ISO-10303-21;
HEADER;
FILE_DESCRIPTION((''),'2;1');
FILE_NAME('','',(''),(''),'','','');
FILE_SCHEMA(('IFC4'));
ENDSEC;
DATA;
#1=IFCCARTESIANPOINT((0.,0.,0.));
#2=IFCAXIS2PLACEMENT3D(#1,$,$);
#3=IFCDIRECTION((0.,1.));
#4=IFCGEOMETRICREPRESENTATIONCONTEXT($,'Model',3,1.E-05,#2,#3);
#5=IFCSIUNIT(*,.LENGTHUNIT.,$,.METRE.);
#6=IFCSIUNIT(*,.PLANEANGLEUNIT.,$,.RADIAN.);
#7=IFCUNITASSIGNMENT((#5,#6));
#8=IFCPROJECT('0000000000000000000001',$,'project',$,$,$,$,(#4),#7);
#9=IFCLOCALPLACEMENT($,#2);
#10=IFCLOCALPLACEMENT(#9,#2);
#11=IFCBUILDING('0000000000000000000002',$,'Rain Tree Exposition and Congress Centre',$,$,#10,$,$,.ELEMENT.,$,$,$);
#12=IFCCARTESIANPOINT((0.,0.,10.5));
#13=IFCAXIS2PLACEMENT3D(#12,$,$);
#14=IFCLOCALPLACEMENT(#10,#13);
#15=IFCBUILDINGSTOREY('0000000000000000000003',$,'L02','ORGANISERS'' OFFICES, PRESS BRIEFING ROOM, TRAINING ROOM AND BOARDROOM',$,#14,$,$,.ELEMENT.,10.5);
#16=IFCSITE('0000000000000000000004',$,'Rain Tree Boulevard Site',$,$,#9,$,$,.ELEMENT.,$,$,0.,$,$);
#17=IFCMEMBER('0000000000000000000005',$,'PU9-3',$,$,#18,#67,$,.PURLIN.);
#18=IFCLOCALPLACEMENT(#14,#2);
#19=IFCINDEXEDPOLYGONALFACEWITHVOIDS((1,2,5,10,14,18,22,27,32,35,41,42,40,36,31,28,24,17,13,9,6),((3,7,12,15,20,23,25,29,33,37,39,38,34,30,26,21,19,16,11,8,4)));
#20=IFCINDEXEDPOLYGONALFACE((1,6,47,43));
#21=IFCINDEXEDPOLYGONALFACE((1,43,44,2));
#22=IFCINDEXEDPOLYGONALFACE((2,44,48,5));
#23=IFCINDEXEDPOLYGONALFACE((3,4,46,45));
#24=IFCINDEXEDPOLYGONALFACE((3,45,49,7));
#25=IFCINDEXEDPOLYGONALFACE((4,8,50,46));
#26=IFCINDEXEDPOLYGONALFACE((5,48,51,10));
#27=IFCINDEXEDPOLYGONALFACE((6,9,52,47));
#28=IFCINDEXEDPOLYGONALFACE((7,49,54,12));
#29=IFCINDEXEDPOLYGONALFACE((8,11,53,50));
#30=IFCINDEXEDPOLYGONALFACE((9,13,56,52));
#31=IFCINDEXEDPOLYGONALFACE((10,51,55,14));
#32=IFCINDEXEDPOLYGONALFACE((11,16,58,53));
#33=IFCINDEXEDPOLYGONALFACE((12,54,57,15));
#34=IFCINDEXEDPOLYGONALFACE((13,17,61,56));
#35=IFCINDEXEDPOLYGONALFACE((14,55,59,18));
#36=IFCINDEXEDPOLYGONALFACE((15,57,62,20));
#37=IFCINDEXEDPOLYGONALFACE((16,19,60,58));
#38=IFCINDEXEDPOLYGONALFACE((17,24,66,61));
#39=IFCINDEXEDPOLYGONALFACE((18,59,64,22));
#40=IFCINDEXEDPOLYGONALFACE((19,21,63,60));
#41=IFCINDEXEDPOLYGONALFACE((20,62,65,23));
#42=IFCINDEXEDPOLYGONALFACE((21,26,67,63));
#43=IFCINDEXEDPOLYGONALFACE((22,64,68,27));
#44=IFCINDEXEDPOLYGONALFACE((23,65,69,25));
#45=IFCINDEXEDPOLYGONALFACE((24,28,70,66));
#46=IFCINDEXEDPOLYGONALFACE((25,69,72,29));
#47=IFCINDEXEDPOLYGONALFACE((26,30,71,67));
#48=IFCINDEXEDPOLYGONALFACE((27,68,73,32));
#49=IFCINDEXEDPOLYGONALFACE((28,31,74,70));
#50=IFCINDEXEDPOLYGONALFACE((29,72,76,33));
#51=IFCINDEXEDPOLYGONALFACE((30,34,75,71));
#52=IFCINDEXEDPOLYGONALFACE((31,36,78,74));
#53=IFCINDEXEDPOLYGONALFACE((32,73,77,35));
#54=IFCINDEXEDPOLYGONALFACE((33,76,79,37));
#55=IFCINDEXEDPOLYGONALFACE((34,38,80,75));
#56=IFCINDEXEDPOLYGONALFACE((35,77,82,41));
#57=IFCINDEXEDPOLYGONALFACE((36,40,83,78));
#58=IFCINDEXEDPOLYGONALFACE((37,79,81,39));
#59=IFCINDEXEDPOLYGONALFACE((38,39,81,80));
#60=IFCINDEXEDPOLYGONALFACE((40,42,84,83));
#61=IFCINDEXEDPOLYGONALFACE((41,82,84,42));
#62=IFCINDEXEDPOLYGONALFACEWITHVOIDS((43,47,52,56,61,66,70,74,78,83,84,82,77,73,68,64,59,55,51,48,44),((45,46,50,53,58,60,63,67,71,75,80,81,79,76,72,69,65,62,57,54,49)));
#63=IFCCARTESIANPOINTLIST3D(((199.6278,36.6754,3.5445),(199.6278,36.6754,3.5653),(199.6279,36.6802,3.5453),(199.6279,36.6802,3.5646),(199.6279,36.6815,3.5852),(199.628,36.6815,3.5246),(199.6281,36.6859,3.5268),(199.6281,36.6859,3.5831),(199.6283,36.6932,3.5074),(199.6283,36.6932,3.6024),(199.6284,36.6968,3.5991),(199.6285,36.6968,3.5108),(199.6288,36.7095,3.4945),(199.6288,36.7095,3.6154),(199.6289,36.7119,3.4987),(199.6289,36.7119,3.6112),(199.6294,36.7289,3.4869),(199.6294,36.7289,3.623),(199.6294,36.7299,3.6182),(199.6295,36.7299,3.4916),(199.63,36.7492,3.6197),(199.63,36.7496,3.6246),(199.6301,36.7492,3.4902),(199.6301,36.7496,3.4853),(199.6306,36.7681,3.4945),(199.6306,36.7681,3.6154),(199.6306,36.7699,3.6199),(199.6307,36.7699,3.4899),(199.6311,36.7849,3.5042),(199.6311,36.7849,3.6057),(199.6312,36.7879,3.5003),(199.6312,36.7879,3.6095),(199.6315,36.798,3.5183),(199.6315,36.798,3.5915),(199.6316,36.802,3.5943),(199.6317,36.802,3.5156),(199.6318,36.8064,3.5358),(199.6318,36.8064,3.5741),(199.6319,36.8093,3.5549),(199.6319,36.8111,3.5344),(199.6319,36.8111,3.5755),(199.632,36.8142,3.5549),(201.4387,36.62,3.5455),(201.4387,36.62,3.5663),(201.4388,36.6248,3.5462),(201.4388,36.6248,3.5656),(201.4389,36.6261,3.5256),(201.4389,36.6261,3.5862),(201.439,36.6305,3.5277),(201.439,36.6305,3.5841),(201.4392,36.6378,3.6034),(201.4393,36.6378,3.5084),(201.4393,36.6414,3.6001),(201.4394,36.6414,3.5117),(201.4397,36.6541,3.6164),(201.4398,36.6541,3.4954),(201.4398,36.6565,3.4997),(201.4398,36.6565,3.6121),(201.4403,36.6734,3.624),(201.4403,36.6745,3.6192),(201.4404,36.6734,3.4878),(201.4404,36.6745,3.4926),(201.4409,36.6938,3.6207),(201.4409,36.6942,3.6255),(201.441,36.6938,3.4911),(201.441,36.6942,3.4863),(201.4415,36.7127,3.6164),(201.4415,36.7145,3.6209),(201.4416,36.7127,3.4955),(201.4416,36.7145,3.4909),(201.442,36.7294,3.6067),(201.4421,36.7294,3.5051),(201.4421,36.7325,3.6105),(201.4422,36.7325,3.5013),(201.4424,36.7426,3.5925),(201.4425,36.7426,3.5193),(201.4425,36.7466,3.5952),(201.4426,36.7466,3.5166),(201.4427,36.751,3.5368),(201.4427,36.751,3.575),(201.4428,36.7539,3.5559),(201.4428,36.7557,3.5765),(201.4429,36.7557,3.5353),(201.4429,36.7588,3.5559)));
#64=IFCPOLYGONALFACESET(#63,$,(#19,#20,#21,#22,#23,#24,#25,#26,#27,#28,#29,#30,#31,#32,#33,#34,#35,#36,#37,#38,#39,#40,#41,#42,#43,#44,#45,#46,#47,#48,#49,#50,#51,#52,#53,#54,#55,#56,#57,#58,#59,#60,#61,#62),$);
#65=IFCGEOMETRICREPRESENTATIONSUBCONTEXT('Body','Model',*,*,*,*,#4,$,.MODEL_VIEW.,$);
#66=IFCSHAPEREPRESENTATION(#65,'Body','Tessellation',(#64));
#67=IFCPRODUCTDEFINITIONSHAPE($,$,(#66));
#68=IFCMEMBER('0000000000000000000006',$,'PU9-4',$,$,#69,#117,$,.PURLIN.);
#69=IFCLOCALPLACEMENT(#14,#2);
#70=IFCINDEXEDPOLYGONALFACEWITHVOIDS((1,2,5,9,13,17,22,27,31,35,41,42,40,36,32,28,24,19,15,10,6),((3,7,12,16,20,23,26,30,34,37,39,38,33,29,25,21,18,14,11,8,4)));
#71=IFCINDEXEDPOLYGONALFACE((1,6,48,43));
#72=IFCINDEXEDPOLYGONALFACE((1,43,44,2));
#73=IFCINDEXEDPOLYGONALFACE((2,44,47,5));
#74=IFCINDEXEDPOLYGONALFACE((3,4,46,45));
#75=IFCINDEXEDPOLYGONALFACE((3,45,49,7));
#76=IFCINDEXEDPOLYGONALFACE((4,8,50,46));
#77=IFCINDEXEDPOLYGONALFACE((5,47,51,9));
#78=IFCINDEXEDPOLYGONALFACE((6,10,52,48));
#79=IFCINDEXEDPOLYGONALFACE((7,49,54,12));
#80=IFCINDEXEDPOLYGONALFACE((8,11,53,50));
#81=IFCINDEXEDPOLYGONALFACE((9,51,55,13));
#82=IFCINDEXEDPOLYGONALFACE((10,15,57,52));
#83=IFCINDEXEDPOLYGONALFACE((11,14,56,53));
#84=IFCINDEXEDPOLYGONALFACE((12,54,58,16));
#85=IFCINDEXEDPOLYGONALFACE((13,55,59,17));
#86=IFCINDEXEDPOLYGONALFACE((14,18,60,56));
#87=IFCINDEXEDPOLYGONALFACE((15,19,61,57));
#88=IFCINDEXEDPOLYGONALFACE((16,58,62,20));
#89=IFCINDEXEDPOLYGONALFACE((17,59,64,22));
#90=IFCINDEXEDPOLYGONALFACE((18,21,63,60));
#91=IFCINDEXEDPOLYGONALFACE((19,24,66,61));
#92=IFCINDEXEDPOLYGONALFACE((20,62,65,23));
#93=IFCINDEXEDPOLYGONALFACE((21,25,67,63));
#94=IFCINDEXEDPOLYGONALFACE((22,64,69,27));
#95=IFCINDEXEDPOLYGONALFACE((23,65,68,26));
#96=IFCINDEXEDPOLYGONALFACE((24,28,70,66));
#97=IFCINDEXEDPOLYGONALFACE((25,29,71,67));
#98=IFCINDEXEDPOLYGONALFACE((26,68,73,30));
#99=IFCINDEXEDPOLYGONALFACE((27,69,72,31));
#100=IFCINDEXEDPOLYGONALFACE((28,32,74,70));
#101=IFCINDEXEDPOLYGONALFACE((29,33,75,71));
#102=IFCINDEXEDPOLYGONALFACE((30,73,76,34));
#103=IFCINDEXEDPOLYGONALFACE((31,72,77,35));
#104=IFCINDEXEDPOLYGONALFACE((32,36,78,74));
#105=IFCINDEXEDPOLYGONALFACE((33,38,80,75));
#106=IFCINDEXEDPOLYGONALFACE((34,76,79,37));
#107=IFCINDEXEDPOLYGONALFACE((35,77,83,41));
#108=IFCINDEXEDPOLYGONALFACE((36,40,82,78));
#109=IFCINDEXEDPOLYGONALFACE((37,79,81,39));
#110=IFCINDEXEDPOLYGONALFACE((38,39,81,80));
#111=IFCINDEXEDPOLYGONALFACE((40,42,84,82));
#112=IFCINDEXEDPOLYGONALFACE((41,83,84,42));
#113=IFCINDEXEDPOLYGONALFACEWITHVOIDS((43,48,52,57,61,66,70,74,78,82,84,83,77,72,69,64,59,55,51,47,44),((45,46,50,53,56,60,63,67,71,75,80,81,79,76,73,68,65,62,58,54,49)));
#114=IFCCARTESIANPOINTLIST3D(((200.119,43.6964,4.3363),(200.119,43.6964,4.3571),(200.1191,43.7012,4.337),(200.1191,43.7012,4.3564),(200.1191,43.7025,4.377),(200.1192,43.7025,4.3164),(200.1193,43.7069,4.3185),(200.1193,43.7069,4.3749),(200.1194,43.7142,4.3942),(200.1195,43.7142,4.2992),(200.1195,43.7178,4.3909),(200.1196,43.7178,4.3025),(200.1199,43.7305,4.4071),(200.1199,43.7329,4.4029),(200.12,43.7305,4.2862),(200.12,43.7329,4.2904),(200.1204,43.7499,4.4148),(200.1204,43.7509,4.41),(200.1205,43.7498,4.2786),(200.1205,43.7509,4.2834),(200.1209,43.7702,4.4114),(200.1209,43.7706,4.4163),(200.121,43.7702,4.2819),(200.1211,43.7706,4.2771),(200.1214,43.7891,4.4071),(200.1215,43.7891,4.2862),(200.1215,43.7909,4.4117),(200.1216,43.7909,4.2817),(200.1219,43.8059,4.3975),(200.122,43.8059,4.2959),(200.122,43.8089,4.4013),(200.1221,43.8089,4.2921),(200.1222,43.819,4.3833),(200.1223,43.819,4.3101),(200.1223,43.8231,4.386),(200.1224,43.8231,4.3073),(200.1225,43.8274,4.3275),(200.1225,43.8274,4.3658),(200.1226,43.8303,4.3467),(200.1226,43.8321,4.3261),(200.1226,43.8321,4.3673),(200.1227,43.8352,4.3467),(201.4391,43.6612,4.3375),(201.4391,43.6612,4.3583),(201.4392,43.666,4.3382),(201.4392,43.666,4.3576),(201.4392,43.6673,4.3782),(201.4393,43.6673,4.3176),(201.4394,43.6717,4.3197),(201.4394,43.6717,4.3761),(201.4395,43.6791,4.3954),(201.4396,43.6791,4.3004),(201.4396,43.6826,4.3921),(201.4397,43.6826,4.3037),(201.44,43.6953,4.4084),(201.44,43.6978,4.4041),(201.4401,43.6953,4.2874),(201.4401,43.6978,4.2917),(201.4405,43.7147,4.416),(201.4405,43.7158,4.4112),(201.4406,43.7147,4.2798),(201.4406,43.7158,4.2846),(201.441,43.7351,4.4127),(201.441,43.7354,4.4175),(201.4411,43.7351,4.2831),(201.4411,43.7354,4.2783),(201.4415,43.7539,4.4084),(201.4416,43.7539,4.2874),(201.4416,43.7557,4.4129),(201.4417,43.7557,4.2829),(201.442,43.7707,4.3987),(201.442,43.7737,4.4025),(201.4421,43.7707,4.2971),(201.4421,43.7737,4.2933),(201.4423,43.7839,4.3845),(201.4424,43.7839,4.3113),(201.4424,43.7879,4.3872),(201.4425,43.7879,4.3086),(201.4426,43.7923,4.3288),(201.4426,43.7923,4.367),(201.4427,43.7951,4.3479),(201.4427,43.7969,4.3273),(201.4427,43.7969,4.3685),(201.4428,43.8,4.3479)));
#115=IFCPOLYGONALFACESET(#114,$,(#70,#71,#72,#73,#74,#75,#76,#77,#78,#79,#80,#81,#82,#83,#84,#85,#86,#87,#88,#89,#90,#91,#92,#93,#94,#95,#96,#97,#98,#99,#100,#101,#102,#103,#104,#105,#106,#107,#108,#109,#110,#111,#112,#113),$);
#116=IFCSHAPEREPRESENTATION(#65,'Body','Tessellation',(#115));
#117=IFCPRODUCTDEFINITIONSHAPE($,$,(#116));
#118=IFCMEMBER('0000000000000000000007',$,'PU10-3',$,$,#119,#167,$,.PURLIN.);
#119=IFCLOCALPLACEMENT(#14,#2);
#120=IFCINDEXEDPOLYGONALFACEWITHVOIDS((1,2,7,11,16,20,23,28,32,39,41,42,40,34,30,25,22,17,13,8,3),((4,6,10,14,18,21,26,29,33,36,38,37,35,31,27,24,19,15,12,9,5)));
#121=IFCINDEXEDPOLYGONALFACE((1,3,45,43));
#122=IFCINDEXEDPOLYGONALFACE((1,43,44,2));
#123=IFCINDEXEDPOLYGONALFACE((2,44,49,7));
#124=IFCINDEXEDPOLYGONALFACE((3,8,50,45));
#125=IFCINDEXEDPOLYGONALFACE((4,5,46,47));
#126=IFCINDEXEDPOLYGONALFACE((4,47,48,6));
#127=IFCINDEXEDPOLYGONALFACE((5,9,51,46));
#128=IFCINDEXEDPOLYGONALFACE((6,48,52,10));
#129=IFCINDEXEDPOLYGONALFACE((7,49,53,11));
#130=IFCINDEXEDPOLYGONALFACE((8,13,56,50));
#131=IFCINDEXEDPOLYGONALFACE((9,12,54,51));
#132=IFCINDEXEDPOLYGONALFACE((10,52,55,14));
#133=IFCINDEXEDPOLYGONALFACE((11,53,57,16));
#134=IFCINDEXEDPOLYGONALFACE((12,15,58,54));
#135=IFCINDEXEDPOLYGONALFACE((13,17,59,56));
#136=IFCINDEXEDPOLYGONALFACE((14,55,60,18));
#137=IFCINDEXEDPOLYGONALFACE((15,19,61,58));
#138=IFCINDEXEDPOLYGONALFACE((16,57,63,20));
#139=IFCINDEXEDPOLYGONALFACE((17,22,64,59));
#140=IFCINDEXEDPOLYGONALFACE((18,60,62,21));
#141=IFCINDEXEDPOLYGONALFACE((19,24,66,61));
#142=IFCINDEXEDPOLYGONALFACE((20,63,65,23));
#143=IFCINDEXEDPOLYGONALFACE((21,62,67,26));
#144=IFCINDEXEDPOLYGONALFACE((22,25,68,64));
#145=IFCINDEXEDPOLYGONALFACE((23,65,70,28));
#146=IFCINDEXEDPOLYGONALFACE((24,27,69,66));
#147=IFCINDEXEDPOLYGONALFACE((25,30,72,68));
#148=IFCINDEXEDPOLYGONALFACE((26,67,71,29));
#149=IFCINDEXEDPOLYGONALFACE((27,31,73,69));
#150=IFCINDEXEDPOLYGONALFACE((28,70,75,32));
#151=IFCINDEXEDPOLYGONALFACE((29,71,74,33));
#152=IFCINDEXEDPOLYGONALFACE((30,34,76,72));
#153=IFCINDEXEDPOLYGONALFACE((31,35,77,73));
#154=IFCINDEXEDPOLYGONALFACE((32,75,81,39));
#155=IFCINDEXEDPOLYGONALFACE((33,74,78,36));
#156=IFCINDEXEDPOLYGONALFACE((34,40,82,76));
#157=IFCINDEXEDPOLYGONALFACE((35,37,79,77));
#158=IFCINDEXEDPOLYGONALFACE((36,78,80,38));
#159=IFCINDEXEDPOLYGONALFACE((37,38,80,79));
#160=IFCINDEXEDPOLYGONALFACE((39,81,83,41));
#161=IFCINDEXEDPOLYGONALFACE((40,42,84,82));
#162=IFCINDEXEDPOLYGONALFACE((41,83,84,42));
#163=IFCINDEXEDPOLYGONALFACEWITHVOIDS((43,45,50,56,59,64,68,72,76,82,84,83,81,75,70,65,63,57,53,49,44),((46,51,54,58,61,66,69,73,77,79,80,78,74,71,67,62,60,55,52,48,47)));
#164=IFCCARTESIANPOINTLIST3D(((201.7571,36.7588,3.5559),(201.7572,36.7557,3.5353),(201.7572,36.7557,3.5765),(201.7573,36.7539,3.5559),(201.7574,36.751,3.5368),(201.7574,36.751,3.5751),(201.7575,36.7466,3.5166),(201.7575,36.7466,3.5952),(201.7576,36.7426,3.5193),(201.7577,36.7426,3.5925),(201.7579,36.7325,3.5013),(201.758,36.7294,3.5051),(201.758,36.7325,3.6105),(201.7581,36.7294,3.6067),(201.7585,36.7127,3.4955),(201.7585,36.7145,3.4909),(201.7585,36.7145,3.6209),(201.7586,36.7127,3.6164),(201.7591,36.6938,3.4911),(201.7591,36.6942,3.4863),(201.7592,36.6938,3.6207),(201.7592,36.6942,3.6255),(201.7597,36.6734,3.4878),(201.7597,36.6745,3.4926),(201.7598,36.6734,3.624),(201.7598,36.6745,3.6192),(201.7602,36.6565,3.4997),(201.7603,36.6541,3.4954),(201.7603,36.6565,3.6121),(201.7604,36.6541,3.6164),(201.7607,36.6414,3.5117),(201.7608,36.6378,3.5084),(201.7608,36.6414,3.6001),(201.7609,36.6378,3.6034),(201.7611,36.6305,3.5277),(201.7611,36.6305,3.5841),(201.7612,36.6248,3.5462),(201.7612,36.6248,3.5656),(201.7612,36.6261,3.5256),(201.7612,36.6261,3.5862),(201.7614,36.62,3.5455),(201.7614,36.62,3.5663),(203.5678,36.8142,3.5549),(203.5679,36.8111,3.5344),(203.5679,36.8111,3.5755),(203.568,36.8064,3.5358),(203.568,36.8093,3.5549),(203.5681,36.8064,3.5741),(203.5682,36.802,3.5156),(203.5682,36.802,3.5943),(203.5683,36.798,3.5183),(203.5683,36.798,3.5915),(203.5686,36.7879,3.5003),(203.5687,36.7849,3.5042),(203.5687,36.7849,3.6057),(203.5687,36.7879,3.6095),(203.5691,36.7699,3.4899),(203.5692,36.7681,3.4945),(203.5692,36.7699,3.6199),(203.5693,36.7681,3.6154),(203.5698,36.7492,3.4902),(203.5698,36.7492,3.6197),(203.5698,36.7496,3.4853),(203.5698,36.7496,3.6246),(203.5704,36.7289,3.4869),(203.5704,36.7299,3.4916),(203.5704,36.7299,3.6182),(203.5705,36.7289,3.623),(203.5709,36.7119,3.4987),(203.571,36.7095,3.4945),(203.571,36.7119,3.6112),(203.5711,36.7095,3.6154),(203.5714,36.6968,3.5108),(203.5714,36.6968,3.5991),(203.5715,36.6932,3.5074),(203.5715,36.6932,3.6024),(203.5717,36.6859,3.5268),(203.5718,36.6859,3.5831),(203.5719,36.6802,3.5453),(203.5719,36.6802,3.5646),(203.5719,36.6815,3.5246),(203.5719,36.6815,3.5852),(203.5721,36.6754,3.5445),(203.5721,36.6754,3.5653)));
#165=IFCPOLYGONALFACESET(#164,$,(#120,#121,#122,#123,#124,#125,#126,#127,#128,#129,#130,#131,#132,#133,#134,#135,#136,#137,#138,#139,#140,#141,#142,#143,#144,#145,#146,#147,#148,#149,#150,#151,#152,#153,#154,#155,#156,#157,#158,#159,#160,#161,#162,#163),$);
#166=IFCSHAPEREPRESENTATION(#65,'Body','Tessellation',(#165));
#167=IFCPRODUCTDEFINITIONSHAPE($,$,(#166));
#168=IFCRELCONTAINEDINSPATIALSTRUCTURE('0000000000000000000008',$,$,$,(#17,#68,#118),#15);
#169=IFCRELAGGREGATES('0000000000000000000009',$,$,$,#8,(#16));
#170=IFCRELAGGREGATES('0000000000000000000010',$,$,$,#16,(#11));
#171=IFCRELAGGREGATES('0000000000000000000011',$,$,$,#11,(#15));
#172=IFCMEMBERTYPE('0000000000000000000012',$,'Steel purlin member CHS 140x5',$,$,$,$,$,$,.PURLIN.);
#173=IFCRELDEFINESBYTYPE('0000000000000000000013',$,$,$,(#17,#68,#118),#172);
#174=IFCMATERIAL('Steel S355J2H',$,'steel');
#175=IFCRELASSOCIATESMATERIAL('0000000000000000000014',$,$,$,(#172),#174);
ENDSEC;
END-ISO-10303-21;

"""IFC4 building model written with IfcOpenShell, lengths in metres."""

from ifc_helpers import new_model, si_unit, direction, frame, origin, origin_2d, place, context, subcontext, project, spatial, hollow_circle, extrude, material, material_profile, profile_set, type_object, element, save


model = new_model("IFC4")

# Units and contexts
model_context = context("Model", 3, precision=1e-05, world=origin(), true_north=direction((0.0, 1.0)))
body_context = subcontext(model_context, "Body", "Model", "MODEL_VIEW")
ifc_project = project(units=[si_unit("LENGTHUNIT", "METRE"), si_unit("PLANEANGLEUNIT", "RADIAN")], contexts=[model_context])

# Site, building, storey
site_placement = place(None, origin())
site = spatial("IfcSite", under=ifc_project, at=site_placement, Name="Rain Tree Boulevard Site", CompositionType="ELEMENT", RefElevation=0.0)
building_placement = place(site_placement, origin())
building = spatial("IfcBuilding", under=site, at=building_placement, Name="Rain Tree Exposition and Congress Centre", CompositionType="ELEMENT")
storey_placement = place(building_placement, frame((0.0, 0.0, 10.5)))
storey = spatial("IfcBuildingStorey", under=building, at=storey_placement, Name="L02", Description="ORGANISERS' OFFICES, PRESS BRIEFING ROOM, TRAINING ROOM AND BOARDROOM", CompositionType="ELEMENT", Elevation=10.5)

# Members
ifc_material_1 = material(Name="Steel S355J2H", Category="steel")
ifc_material_profile_1 = material_profile(ifc_material_1, hollow_circle(Radius=0.0698, WallThickness=0.0049, at=origin_2d()), Name="CHS 140x5")
ifc_profile_set_1 = profile_set([ifc_material_profile_1], Name="Steel S355J2H")
member_type_1 = type_object("IfcMemberType", Name="Steel purlin member CHS 140x5", PredefinedType="PURLIN", material=ifc_profile_set_1)
member_1_placement = place(storey_placement, frame((199.6299, 36.7444, 3.5549), z_axis=(0.999532, -0.030587, 0.000539), x_axis=(0.030587, 0.999532, 0.0)))
element("IfcMember", 1, at=member_1_placement, inside=storey, type_object=member_type_1, Name="PU9-3", PredefinedType="PURLIN", context=body_context, shape_type="SweptSolid", body=[
    extrude(hollow_circle(Radius=0.0698, WallThickness=0.0049, at=origin_2d()), origin(), (0.0, 0.0, 1.0), 1.8118),
])
member_2_placement = place(storey_placement, frame((200.1208, 43.7654, 4.3467), z_axis=(0.999645, -0.026623, 0.000924), x_axis=(0.026623, 0.999646, 0.0)))
element("IfcMember", 2, at=member_2_placement, inside=storey, type_object=member_type_1, Name="PU9-4", PredefinedType="PURLIN", context=body_context, shape_type="SweptSolid", body=[
    extrude(hollow_circle(Radius=0.0698, WallThickness=0.0049, at=origin_2d()), origin(), (0.0, 0.0, 1.0), 1.3206),
])
member_3_placement = place(storey_placement, frame((201.7593, 36.689, 3.5559), z_axis=(0.999532, 0.030591, -0.000539), x_axis=(-0.030591, 0.999532, 0.0)))
element("IfcMember", 3, at=member_3_placement, inside=storey, type_object=member_type_1, Name="PU10-3", PredefinedType="PURLIN", context=body_context, shape_type="SweptSolid", body=[
    extrude(hollow_circle(Radius=0.0698, WallThickness=0.0049, at=origin_2d()), origin(), (0.0, 0.0, 1.0), 1.8115),
])

save(model, "model.ifc")
